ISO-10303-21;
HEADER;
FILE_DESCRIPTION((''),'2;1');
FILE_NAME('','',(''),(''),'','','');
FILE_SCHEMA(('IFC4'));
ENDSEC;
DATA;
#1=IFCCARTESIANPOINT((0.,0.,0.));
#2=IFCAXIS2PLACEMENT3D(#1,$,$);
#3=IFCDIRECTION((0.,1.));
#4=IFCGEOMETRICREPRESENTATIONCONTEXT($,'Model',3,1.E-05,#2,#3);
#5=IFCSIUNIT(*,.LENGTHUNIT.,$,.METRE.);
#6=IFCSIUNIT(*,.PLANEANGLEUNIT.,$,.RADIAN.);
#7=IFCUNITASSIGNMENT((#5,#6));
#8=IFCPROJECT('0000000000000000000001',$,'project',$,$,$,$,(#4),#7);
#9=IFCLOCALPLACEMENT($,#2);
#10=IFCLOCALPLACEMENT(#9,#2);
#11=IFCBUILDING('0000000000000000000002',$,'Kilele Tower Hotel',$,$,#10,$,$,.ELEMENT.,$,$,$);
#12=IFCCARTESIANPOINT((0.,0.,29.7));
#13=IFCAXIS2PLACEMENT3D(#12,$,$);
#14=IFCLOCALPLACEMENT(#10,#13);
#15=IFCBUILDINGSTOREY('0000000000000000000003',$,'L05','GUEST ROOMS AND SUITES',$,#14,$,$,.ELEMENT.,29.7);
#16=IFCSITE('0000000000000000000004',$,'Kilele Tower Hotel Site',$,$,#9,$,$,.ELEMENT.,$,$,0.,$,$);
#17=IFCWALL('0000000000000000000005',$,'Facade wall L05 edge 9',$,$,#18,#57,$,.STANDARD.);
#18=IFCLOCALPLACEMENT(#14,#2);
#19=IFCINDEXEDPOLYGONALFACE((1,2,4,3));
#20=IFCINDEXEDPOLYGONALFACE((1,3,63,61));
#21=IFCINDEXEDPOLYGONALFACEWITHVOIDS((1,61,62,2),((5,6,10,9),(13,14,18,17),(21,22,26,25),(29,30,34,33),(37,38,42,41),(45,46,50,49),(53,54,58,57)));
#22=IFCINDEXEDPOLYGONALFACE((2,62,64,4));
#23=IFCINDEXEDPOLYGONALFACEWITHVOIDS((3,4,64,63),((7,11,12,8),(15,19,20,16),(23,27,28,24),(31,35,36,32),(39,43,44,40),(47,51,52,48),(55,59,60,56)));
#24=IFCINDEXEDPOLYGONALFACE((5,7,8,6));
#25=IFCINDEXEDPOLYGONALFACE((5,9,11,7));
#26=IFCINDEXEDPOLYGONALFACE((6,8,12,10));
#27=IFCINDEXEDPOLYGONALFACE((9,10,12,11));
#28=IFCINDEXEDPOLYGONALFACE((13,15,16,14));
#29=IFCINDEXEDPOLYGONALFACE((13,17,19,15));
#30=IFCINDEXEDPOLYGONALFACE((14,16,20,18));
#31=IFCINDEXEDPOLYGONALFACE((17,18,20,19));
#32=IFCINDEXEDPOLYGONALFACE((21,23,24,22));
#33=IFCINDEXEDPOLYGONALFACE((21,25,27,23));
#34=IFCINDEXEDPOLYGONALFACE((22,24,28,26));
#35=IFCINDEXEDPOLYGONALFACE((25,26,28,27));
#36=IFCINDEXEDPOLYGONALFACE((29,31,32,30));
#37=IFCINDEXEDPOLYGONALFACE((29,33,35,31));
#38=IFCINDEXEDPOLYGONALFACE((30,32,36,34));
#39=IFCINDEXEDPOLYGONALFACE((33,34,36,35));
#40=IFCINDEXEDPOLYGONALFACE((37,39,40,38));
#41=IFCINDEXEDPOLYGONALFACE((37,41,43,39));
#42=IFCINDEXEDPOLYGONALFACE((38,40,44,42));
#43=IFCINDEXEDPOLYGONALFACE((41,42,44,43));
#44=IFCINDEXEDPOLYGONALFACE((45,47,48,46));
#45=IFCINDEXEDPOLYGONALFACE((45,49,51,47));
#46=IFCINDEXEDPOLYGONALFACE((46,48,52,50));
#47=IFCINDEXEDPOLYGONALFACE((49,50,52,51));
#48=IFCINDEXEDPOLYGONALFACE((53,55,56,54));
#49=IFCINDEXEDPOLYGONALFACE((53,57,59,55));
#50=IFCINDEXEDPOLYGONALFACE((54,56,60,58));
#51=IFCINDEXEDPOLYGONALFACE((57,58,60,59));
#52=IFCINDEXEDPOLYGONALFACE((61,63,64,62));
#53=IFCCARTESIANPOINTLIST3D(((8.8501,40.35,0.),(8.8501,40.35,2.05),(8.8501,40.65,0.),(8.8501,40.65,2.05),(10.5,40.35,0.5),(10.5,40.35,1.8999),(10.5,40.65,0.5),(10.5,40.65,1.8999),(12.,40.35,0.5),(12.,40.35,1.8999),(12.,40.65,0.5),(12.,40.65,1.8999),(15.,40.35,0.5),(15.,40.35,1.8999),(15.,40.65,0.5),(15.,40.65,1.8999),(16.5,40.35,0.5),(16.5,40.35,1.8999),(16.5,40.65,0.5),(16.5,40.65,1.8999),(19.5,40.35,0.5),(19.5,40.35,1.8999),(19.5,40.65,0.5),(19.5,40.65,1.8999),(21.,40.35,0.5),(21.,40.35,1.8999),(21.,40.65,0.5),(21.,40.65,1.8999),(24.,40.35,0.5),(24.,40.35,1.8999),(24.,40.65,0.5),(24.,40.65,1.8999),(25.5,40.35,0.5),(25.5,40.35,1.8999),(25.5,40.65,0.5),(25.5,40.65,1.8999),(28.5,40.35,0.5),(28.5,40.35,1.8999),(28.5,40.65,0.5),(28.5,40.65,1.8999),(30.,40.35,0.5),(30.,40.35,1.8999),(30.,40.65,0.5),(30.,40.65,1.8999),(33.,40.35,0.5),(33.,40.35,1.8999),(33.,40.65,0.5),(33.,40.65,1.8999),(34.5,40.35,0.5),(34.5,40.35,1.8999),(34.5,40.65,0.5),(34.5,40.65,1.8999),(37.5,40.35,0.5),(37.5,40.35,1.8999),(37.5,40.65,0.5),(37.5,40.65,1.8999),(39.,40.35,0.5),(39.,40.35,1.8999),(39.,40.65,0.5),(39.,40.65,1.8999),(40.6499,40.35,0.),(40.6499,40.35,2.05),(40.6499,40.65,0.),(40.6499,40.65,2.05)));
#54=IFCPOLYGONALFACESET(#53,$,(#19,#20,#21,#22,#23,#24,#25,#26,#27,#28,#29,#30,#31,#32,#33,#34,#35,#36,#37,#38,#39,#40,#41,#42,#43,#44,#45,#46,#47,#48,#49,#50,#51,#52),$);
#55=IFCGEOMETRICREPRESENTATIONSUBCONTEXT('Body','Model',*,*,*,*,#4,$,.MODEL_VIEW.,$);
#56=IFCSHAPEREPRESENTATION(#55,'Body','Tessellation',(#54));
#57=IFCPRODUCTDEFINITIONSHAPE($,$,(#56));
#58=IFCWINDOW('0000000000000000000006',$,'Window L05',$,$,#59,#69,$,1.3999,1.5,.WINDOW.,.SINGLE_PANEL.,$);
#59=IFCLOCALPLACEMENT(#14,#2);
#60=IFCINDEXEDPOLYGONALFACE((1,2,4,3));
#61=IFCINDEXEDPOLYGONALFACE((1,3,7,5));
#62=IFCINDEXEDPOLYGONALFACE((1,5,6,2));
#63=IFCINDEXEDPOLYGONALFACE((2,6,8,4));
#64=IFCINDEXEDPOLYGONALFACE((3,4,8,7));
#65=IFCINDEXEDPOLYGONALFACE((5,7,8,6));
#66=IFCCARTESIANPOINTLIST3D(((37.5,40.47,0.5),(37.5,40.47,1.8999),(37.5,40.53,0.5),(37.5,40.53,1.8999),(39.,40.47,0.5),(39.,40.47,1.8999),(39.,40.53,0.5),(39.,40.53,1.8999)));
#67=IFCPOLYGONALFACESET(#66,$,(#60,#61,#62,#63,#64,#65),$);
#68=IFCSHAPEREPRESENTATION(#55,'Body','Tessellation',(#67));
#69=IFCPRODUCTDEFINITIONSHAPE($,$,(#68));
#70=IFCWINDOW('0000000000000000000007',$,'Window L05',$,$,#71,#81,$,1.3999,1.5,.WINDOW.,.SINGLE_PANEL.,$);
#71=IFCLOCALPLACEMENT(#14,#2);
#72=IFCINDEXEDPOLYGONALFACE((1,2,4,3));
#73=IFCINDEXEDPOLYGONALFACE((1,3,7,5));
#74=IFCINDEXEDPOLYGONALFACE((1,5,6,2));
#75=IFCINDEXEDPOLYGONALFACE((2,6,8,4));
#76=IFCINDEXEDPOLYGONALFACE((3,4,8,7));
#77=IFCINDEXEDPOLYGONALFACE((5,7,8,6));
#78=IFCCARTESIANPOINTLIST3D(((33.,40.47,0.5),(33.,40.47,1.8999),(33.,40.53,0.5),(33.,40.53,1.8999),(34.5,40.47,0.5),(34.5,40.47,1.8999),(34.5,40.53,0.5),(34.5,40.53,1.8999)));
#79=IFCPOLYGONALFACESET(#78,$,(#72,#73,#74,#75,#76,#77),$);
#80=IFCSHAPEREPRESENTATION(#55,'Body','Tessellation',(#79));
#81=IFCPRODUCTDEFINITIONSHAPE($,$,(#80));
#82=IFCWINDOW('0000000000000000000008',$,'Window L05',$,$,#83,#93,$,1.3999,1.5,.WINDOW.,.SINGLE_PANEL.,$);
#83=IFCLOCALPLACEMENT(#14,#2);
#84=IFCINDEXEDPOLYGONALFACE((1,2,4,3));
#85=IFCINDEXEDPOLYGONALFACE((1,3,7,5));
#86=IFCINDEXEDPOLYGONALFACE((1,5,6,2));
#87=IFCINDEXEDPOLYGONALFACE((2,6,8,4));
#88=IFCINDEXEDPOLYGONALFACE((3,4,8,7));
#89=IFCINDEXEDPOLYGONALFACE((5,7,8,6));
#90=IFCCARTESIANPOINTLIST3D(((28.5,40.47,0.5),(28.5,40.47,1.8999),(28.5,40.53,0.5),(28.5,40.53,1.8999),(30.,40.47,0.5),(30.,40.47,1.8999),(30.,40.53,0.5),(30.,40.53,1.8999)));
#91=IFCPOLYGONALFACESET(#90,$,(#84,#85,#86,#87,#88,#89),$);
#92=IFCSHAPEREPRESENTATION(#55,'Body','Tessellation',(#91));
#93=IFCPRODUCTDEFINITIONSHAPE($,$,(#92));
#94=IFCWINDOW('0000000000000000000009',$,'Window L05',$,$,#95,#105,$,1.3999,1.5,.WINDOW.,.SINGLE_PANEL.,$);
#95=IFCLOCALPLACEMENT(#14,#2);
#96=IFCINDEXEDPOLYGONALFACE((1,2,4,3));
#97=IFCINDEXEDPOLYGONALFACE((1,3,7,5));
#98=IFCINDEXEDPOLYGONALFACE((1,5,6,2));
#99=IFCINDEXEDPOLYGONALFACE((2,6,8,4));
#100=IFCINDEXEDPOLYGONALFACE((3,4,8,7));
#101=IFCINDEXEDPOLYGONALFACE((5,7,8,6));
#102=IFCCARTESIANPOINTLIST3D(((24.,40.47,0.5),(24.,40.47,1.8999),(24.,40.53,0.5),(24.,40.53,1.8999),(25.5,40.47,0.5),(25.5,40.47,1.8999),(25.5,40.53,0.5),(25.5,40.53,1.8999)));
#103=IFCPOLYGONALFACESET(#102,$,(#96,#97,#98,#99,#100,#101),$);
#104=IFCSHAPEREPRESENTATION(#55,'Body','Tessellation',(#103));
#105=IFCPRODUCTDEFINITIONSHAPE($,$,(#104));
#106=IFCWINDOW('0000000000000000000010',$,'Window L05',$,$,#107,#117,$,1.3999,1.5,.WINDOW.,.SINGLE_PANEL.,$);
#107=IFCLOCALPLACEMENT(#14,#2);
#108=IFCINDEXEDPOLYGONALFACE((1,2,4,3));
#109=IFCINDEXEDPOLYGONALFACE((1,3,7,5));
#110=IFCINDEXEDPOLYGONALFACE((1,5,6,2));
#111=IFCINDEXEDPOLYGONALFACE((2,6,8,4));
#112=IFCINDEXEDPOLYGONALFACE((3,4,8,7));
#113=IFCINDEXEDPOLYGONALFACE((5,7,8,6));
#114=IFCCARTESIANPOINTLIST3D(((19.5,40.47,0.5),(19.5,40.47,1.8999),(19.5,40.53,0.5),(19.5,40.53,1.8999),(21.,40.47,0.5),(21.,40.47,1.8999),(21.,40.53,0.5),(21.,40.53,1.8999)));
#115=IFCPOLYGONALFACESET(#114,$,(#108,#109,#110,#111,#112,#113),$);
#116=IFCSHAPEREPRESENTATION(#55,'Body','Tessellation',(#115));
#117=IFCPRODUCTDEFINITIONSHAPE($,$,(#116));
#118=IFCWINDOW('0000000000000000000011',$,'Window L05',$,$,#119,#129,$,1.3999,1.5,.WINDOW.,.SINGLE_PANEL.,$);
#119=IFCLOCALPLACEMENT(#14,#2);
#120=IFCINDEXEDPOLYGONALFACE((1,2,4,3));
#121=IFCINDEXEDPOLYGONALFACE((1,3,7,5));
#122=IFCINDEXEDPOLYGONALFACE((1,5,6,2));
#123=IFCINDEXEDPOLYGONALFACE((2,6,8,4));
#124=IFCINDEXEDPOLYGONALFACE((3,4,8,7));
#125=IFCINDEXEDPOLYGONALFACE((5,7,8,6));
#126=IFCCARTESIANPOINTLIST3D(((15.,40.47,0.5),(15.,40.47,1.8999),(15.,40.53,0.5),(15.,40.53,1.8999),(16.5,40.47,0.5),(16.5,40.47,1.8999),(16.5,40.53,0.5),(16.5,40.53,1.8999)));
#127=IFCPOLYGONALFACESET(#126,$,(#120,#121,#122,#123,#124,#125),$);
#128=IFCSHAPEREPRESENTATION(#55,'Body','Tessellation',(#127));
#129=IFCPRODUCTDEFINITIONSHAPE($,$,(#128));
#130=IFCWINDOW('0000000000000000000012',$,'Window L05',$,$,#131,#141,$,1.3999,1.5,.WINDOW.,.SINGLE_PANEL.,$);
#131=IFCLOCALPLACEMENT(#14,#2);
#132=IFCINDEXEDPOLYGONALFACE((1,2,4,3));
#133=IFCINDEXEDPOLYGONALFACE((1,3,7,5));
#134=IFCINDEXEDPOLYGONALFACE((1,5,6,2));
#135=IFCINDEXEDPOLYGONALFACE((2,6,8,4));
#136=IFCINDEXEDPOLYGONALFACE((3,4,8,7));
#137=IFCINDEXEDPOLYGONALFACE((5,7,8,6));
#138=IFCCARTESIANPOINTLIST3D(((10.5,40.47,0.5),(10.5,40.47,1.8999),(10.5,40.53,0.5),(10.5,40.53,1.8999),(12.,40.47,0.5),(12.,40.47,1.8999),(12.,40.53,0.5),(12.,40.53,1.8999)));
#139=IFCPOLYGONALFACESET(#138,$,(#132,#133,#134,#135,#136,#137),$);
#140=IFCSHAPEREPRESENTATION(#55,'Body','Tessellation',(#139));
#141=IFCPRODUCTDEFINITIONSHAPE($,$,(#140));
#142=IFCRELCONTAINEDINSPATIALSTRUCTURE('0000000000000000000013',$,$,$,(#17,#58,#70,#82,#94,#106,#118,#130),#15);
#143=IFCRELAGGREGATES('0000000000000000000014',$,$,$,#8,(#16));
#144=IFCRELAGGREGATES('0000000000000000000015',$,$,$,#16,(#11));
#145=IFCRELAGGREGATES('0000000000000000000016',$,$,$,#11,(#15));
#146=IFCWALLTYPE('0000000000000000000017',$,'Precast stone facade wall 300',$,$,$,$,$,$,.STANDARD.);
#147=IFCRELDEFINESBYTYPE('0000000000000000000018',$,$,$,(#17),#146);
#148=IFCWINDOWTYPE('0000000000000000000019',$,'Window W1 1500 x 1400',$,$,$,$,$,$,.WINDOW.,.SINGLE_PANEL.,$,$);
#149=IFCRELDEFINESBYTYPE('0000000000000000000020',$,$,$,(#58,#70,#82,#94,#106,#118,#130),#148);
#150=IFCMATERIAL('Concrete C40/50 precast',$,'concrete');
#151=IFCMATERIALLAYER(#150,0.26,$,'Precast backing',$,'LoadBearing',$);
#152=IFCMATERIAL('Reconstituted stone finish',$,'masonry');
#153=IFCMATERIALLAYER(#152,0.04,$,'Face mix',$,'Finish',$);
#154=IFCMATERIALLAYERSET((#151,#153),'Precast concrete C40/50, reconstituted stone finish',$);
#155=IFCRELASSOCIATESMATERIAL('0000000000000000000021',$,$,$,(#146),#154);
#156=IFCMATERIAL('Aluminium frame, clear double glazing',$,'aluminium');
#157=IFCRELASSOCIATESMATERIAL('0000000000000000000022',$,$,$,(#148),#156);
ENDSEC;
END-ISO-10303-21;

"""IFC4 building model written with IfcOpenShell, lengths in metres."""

from ifc_helpers import new_model, si_unit, direction, frame, frame_2d, origin, place, context, subcontext, project, spatial, rectangle, extrude, material, layer, layer_set, type_object, element, fill, save


model = new_model("IFC4")

# Units and contexts
model_context = context("Model", 3, precision=1e-05, world=origin(), true_north=direction((0.0, 1.0)))
body_context = subcontext(model_context, "Body", "Model", "MODEL_VIEW")
ifc_project = project(units=[si_unit("LENGTHUNIT", "METRE"), si_unit("PLANEANGLEUNIT", "RADIAN")], contexts=[model_context])

# Site, building, storey
site_placement = place(None, origin())
site = spatial("IfcSite", under=ifc_project, at=site_placement, Name="Kilele Tower Hotel Site", CompositionType="ELEMENT", RefElevation=0.0)
building_placement = place(site_placement, origin())
building = spatial("IfcBuilding", under=site, at=building_placement, Name="Kilele Tower Hotel", CompositionType="ELEMENT")
storey_placement = place(building_placement, frame((0.0, 0.0, 29.7)))
storey = spatial("IfcBuildingStorey", under=building, at=storey_placement, Name="L05", Description="GUEST ROOMS AND SUITES", CompositionType="ELEMENT", Elevation=29.7)

# Shared definitions
ifc_material_1 = material(Name="Concrete C40/50 precast", Category="concrete")
ifc_layer_1 = layer(ifc_material_1, 0.26, Name="Precast backing", Category="LoadBearing")
ifc_material_2 = material(Name="Reconstituted stone finish", Category="masonry")
ifc_layer_2 = layer(ifc_material_2, 0.04, Name="Face mix", Category="Finish")
ifc_layer_set_1 = layer_set([ifc_layer_1, ifc_layer_2], Name="Precast concrete C40/50, reconstituted stone finish")
wall_type_1 = type_object("IfcWallType", Name="Precast stone facade wall 300", PredefinedType="STANDARD", material=ifc_layer_set_1)
ifc_material_3 = material(Name="Aluminium frame, clear double glazing", Category="aluminium")
window_type = type_object("IfcWindowType", Name="Window W1 1500 x 1400", PartitioningType="SINGLE_PANEL", PredefinedType="WINDOW", material=ifc_material_3)

# Wall, openings, windows
wall_1_placement = place(storey_placement, frame((40.6499, 40.5, 0.0), z_axis=(0.0, 0.0, 1.0), x_axis=(-1.0, 0.0, 0.0)))
wall_1 = element("IfcWall", 1, at=wall_1_placement, inside=storey, type_object=wall_type_1, Name="Facade wall L05 edge 9", PredefinedType="STANDARD", context=body_context, shape_type="SweptSolid", body=[
    extrude(rectangle(XDim=31.7998, YDim=0.3, at=frame_2d((15.8999, 0.0))), origin(), (0.0, 0.0, 1.0), 2.05),
])
opening_1_placement = place(wall_1_placement, frame((1.6499, 0.0, 0.5)))
opening_1 = element("IfcOpeningElement", 2, at=opening_1_placement, cuts=wall_1, PredefinedType="OPENING", context=body_context, shape_type="SweptSolid", body=[
    extrude(rectangle(XDim=1.5, YDim=1.3999, at=frame_2d((0.75, 0.7))), frame((0.0, 0.1599, 0.0), z_axis=(0.0, -1.0, 0.0), x_axis=(1.0, 0.0, 0.0)), (0.0, 0.0, 1.0), 0.3201),
])
opening_2_placement = place(wall_1_placement, frame((6.1499, 0.0, 0.5)))
opening_2 = element("IfcOpeningElement", 3, at=opening_2_placement, cuts=wall_1, PredefinedType="OPENING", context=body_context, shape_type="SweptSolid", body=[
    extrude(rectangle(XDim=1.5, YDim=1.3999, at=frame_2d((0.75, 0.7))), frame((0.0, 0.1599, 0.0), z_axis=(0.0, -1.0, 0.0), x_axis=(1.0, 0.0, 0.0)), (0.0, 0.0, 1.0), 0.3201),
])
opening_3_placement = place(wall_1_placement, frame((10.6499, 0.0, 0.5)))
opening_3 = element("IfcOpeningElement", 4, at=opening_3_placement, cuts=wall_1, PredefinedType="OPENING", context=body_context, shape_type="SweptSolid", body=[
    extrude(rectangle(XDim=1.5, YDim=1.3999, at=frame_2d((0.75, 0.7))), frame((0.0, 0.1599, 0.0), z_axis=(0.0, -1.0, 0.0), x_axis=(1.0, 0.0, 0.0)), (0.0, 0.0, 1.0), 0.3201),
])
opening_4_placement = place(wall_1_placement, frame((15.1499, 0.0, 0.5)))
opening_4 = element("IfcOpeningElement", 5, at=opening_4_placement, cuts=wall_1, PredefinedType="OPENING", context=body_context, shape_type="SweptSolid", body=[
    extrude(rectangle(XDim=1.5, YDim=1.3999, at=frame_2d((0.75, 0.7))), frame((0.0, 0.1599, 0.0), z_axis=(0.0, -1.0, 0.0), x_axis=(1.0, 0.0, 0.0)), (0.0, 0.0, 1.0), 0.3201),
])
opening_5_placement = place(wall_1_placement, frame((19.6499, 0.0, 0.5)))
opening_5 = element("IfcOpeningElement", 6, at=opening_5_placement, cuts=wall_1, PredefinedType="OPENING", context=body_context, shape_type="SweptSolid", body=[
    extrude(rectangle(XDim=1.5, YDim=1.3999, at=frame_2d((0.75, 0.7))), frame((0.0, 0.1599, 0.0), z_axis=(0.0, -1.0, 0.0), x_axis=(1.0, 0.0, 0.0)), (0.0, 0.0, 1.0), 0.3201),
])
opening_6_placement = place(wall_1_placement, frame((24.1499, 0.0, 0.5)))
opening_6 = element("IfcOpeningElement", 7, at=opening_6_placement, cuts=wall_1, PredefinedType="OPENING", context=body_context, shape_type="SweptSolid", body=[
    extrude(rectangle(XDim=1.5, YDim=1.3999, at=frame_2d((0.75, 0.7))), frame((0.0, 0.1599, 0.0), z_axis=(0.0, -1.0, 0.0), x_axis=(1.0, 0.0, 0.0)), (0.0, 0.0, 1.0), 0.3201),
])
opening_7_placement = place(wall_1_placement, frame((28.6499, 0.0, 0.5)))
opening_7 = element("IfcOpeningElement", 8, at=opening_7_placement, cuts=wall_1, PredefinedType="OPENING", context=body_context, shape_type="SweptSolid", body=[
    extrude(rectangle(XDim=1.5, YDim=1.3999, at=frame_2d((0.75, 0.7))), frame((0.0, 0.1599, 0.0), z_axis=(0.0, -1.0, 0.0), x_axis=(1.0, 0.0, 0.0)), (0.0, 0.0, 1.0), 0.3201),
])
window_1_placement = place(opening_1_placement, origin())
window_1 = element("IfcWindow", 9, at=window_1_placement, inside=storey, type_object=window_type, Name="Window L05", OverallHeight=1.3999, OverallWidth=1.5, PartitioningType="SINGLE_PANEL", PredefinedType="WINDOW", context=body_context, shape_type="SweptSolid", body=[
    extrude(rectangle(XDim=1.5, YDim=1.3999, at=frame_2d((0.75, 0.7))), frame((0.0, 0.03, 0.0), z_axis=(0.0, -1.0, 0.0), x_axis=(1.0, 0.0, 0.0)), (0.0, 0.0, 1.0), 0.0601),
])
fill(opening_1, window_1)
window_2_placement = place(opening_2_placement, origin())
window_2 = element("IfcWindow", 10, at=window_2_placement, inside=storey, type_object=window_type, Name="Window L05", OverallHeight=1.3999, OverallWidth=1.5, PartitioningType="SINGLE_PANEL", PredefinedType="WINDOW", context=body_context, shape_type="SweptSolid", body=[
    extrude(rectangle(XDim=1.5, YDim=1.3999, at=frame_2d((0.75, 0.7))), frame((0.0, 0.03, 0.0), z_axis=(0.0, -1.0, 0.0), x_axis=(1.0, 0.0, 0.0)), (0.0, 0.0, 1.0), 0.0601),
])
fill(opening_2, window_2)
window_3_placement = place(opening_3_placement, origin())
window_3 = element("IfcWindow", 11, at=window_3_placement, inside=storey, type_object=window_type, Name="Window L05", OverallHeight=1.3999, OverallWidth=1.5, PartitioningType="SINGLE_PANEL", PredefinedType="WINDOW", context=body_context, shape_type="SweptSolid", body=[
    extrude(rectangle(XDim=1.5, YDim=1.3999, at=frame_2d((0.75, 0.7))), frame((0.0, 0.03, 0.0), z_axis=(0.0, -1.0, 0.0), x_axis=(1.0, 0.0, 0.0)), (0.0, 0.0, 1.0), 0.0601),
])
fill(opening_3, window_3)
window_4_placement = place(opening_4_placement, origin())
window_4 = element("IfcWindow", 12, at=window_4_placement, inside=storey, type_object=window_type, Name="Window L05", OverallHeight=1.3999, OverallWidth=1.5, PartitioningType="SINGLE_PANEL", PredefinedType="WINDOW", context=body_context, shape_type="SweptSolid", body=[
    extrude(rectangle(XDim=1.5, YDim=1.3999, at=frame_2d((0.75, 0.7))), frame((0.0, 0.03, 0.0), z_axis=(0.0, -1.0, 0.0), x_axis=(1.0, 0.0, 0.0)), (0.0, 0.0, 1.0), 0.0601),
])
fill(opening_4, window_4)
window_5_placement = place(opening_5_placement, origin())
window_5 = element("IfcWindow", 13, at=window_5_placement, inside=storey, type_object=window_type, Name="Window L05", OverallHeight=1.3999, OverallWidth=1.5, PartitioningType="SINGLE_PANEL", PredefinedType="WINDOW", context=body_context, shape_type="SweptSolid", body=[
    extrude(rectangle(XDim=1.5, YDim=1.3999, at=frame_2d((0.75, 0.7))), frame((0.0, 0.03, 0.0), z_axis=(0.0, -1.0, 0.0), x_axis=(1.0, 0.0, 0.0)), (0.0, 0.0, 1.0), 0.0601),
])
fill(opening_5, window_5)
window_6_placement = place(opening_6_placement, origin())
window_6 = element("IfcWindow", 14, at=window_6_placement, inside=storey, type_object=window_type, Name="Window L05", OverallHeight=1.3999, OverallWidth=1.5, PartitioningType="SINGLE_PANEL", PredefinedType="WINDOW", context=body_context, shape_type="SweptSolid", body=[
    extrude(rectangle(XDim=1.5, YDim=1.3999, at=frame_2d((0.75, 0.7))), frame((0.0, 0.03, 0.0), z_axis=(0.0, -1.0, 0.0), x_axis=(1.0, 0.0, 0.0)), (0.0, 0.0, 1.0), 0.0601),
])
fill(opening_6, window_6)
window_7_placement = place(opening_7_placement, origin())
window_7 = element("IfcWindow", 15, at=window_7_placement, inside=storey, type_object=window_type, Name="Window L05", OverallHeight=1.3999, OverallWidth=1.5, PartitioningType="SINGLE_PANEL", PredefinedType="WINDOW", context=body_context, shape_type="SweptSolid", body=[
    extrude(rectangle(XDim=1.5, YDim=1.3999, at=frame_2d((0.75, 0.7))), frame((0.0, 0.03, 0.0), z_axis=(0.0, -1.0, 0.0), x_axis=(1.0, 0.0, 0.0)), (0.0, 0.0, 1.0), 0.0601),
])
fill(opening_7, window_7)

save(model, "model.ifc")
